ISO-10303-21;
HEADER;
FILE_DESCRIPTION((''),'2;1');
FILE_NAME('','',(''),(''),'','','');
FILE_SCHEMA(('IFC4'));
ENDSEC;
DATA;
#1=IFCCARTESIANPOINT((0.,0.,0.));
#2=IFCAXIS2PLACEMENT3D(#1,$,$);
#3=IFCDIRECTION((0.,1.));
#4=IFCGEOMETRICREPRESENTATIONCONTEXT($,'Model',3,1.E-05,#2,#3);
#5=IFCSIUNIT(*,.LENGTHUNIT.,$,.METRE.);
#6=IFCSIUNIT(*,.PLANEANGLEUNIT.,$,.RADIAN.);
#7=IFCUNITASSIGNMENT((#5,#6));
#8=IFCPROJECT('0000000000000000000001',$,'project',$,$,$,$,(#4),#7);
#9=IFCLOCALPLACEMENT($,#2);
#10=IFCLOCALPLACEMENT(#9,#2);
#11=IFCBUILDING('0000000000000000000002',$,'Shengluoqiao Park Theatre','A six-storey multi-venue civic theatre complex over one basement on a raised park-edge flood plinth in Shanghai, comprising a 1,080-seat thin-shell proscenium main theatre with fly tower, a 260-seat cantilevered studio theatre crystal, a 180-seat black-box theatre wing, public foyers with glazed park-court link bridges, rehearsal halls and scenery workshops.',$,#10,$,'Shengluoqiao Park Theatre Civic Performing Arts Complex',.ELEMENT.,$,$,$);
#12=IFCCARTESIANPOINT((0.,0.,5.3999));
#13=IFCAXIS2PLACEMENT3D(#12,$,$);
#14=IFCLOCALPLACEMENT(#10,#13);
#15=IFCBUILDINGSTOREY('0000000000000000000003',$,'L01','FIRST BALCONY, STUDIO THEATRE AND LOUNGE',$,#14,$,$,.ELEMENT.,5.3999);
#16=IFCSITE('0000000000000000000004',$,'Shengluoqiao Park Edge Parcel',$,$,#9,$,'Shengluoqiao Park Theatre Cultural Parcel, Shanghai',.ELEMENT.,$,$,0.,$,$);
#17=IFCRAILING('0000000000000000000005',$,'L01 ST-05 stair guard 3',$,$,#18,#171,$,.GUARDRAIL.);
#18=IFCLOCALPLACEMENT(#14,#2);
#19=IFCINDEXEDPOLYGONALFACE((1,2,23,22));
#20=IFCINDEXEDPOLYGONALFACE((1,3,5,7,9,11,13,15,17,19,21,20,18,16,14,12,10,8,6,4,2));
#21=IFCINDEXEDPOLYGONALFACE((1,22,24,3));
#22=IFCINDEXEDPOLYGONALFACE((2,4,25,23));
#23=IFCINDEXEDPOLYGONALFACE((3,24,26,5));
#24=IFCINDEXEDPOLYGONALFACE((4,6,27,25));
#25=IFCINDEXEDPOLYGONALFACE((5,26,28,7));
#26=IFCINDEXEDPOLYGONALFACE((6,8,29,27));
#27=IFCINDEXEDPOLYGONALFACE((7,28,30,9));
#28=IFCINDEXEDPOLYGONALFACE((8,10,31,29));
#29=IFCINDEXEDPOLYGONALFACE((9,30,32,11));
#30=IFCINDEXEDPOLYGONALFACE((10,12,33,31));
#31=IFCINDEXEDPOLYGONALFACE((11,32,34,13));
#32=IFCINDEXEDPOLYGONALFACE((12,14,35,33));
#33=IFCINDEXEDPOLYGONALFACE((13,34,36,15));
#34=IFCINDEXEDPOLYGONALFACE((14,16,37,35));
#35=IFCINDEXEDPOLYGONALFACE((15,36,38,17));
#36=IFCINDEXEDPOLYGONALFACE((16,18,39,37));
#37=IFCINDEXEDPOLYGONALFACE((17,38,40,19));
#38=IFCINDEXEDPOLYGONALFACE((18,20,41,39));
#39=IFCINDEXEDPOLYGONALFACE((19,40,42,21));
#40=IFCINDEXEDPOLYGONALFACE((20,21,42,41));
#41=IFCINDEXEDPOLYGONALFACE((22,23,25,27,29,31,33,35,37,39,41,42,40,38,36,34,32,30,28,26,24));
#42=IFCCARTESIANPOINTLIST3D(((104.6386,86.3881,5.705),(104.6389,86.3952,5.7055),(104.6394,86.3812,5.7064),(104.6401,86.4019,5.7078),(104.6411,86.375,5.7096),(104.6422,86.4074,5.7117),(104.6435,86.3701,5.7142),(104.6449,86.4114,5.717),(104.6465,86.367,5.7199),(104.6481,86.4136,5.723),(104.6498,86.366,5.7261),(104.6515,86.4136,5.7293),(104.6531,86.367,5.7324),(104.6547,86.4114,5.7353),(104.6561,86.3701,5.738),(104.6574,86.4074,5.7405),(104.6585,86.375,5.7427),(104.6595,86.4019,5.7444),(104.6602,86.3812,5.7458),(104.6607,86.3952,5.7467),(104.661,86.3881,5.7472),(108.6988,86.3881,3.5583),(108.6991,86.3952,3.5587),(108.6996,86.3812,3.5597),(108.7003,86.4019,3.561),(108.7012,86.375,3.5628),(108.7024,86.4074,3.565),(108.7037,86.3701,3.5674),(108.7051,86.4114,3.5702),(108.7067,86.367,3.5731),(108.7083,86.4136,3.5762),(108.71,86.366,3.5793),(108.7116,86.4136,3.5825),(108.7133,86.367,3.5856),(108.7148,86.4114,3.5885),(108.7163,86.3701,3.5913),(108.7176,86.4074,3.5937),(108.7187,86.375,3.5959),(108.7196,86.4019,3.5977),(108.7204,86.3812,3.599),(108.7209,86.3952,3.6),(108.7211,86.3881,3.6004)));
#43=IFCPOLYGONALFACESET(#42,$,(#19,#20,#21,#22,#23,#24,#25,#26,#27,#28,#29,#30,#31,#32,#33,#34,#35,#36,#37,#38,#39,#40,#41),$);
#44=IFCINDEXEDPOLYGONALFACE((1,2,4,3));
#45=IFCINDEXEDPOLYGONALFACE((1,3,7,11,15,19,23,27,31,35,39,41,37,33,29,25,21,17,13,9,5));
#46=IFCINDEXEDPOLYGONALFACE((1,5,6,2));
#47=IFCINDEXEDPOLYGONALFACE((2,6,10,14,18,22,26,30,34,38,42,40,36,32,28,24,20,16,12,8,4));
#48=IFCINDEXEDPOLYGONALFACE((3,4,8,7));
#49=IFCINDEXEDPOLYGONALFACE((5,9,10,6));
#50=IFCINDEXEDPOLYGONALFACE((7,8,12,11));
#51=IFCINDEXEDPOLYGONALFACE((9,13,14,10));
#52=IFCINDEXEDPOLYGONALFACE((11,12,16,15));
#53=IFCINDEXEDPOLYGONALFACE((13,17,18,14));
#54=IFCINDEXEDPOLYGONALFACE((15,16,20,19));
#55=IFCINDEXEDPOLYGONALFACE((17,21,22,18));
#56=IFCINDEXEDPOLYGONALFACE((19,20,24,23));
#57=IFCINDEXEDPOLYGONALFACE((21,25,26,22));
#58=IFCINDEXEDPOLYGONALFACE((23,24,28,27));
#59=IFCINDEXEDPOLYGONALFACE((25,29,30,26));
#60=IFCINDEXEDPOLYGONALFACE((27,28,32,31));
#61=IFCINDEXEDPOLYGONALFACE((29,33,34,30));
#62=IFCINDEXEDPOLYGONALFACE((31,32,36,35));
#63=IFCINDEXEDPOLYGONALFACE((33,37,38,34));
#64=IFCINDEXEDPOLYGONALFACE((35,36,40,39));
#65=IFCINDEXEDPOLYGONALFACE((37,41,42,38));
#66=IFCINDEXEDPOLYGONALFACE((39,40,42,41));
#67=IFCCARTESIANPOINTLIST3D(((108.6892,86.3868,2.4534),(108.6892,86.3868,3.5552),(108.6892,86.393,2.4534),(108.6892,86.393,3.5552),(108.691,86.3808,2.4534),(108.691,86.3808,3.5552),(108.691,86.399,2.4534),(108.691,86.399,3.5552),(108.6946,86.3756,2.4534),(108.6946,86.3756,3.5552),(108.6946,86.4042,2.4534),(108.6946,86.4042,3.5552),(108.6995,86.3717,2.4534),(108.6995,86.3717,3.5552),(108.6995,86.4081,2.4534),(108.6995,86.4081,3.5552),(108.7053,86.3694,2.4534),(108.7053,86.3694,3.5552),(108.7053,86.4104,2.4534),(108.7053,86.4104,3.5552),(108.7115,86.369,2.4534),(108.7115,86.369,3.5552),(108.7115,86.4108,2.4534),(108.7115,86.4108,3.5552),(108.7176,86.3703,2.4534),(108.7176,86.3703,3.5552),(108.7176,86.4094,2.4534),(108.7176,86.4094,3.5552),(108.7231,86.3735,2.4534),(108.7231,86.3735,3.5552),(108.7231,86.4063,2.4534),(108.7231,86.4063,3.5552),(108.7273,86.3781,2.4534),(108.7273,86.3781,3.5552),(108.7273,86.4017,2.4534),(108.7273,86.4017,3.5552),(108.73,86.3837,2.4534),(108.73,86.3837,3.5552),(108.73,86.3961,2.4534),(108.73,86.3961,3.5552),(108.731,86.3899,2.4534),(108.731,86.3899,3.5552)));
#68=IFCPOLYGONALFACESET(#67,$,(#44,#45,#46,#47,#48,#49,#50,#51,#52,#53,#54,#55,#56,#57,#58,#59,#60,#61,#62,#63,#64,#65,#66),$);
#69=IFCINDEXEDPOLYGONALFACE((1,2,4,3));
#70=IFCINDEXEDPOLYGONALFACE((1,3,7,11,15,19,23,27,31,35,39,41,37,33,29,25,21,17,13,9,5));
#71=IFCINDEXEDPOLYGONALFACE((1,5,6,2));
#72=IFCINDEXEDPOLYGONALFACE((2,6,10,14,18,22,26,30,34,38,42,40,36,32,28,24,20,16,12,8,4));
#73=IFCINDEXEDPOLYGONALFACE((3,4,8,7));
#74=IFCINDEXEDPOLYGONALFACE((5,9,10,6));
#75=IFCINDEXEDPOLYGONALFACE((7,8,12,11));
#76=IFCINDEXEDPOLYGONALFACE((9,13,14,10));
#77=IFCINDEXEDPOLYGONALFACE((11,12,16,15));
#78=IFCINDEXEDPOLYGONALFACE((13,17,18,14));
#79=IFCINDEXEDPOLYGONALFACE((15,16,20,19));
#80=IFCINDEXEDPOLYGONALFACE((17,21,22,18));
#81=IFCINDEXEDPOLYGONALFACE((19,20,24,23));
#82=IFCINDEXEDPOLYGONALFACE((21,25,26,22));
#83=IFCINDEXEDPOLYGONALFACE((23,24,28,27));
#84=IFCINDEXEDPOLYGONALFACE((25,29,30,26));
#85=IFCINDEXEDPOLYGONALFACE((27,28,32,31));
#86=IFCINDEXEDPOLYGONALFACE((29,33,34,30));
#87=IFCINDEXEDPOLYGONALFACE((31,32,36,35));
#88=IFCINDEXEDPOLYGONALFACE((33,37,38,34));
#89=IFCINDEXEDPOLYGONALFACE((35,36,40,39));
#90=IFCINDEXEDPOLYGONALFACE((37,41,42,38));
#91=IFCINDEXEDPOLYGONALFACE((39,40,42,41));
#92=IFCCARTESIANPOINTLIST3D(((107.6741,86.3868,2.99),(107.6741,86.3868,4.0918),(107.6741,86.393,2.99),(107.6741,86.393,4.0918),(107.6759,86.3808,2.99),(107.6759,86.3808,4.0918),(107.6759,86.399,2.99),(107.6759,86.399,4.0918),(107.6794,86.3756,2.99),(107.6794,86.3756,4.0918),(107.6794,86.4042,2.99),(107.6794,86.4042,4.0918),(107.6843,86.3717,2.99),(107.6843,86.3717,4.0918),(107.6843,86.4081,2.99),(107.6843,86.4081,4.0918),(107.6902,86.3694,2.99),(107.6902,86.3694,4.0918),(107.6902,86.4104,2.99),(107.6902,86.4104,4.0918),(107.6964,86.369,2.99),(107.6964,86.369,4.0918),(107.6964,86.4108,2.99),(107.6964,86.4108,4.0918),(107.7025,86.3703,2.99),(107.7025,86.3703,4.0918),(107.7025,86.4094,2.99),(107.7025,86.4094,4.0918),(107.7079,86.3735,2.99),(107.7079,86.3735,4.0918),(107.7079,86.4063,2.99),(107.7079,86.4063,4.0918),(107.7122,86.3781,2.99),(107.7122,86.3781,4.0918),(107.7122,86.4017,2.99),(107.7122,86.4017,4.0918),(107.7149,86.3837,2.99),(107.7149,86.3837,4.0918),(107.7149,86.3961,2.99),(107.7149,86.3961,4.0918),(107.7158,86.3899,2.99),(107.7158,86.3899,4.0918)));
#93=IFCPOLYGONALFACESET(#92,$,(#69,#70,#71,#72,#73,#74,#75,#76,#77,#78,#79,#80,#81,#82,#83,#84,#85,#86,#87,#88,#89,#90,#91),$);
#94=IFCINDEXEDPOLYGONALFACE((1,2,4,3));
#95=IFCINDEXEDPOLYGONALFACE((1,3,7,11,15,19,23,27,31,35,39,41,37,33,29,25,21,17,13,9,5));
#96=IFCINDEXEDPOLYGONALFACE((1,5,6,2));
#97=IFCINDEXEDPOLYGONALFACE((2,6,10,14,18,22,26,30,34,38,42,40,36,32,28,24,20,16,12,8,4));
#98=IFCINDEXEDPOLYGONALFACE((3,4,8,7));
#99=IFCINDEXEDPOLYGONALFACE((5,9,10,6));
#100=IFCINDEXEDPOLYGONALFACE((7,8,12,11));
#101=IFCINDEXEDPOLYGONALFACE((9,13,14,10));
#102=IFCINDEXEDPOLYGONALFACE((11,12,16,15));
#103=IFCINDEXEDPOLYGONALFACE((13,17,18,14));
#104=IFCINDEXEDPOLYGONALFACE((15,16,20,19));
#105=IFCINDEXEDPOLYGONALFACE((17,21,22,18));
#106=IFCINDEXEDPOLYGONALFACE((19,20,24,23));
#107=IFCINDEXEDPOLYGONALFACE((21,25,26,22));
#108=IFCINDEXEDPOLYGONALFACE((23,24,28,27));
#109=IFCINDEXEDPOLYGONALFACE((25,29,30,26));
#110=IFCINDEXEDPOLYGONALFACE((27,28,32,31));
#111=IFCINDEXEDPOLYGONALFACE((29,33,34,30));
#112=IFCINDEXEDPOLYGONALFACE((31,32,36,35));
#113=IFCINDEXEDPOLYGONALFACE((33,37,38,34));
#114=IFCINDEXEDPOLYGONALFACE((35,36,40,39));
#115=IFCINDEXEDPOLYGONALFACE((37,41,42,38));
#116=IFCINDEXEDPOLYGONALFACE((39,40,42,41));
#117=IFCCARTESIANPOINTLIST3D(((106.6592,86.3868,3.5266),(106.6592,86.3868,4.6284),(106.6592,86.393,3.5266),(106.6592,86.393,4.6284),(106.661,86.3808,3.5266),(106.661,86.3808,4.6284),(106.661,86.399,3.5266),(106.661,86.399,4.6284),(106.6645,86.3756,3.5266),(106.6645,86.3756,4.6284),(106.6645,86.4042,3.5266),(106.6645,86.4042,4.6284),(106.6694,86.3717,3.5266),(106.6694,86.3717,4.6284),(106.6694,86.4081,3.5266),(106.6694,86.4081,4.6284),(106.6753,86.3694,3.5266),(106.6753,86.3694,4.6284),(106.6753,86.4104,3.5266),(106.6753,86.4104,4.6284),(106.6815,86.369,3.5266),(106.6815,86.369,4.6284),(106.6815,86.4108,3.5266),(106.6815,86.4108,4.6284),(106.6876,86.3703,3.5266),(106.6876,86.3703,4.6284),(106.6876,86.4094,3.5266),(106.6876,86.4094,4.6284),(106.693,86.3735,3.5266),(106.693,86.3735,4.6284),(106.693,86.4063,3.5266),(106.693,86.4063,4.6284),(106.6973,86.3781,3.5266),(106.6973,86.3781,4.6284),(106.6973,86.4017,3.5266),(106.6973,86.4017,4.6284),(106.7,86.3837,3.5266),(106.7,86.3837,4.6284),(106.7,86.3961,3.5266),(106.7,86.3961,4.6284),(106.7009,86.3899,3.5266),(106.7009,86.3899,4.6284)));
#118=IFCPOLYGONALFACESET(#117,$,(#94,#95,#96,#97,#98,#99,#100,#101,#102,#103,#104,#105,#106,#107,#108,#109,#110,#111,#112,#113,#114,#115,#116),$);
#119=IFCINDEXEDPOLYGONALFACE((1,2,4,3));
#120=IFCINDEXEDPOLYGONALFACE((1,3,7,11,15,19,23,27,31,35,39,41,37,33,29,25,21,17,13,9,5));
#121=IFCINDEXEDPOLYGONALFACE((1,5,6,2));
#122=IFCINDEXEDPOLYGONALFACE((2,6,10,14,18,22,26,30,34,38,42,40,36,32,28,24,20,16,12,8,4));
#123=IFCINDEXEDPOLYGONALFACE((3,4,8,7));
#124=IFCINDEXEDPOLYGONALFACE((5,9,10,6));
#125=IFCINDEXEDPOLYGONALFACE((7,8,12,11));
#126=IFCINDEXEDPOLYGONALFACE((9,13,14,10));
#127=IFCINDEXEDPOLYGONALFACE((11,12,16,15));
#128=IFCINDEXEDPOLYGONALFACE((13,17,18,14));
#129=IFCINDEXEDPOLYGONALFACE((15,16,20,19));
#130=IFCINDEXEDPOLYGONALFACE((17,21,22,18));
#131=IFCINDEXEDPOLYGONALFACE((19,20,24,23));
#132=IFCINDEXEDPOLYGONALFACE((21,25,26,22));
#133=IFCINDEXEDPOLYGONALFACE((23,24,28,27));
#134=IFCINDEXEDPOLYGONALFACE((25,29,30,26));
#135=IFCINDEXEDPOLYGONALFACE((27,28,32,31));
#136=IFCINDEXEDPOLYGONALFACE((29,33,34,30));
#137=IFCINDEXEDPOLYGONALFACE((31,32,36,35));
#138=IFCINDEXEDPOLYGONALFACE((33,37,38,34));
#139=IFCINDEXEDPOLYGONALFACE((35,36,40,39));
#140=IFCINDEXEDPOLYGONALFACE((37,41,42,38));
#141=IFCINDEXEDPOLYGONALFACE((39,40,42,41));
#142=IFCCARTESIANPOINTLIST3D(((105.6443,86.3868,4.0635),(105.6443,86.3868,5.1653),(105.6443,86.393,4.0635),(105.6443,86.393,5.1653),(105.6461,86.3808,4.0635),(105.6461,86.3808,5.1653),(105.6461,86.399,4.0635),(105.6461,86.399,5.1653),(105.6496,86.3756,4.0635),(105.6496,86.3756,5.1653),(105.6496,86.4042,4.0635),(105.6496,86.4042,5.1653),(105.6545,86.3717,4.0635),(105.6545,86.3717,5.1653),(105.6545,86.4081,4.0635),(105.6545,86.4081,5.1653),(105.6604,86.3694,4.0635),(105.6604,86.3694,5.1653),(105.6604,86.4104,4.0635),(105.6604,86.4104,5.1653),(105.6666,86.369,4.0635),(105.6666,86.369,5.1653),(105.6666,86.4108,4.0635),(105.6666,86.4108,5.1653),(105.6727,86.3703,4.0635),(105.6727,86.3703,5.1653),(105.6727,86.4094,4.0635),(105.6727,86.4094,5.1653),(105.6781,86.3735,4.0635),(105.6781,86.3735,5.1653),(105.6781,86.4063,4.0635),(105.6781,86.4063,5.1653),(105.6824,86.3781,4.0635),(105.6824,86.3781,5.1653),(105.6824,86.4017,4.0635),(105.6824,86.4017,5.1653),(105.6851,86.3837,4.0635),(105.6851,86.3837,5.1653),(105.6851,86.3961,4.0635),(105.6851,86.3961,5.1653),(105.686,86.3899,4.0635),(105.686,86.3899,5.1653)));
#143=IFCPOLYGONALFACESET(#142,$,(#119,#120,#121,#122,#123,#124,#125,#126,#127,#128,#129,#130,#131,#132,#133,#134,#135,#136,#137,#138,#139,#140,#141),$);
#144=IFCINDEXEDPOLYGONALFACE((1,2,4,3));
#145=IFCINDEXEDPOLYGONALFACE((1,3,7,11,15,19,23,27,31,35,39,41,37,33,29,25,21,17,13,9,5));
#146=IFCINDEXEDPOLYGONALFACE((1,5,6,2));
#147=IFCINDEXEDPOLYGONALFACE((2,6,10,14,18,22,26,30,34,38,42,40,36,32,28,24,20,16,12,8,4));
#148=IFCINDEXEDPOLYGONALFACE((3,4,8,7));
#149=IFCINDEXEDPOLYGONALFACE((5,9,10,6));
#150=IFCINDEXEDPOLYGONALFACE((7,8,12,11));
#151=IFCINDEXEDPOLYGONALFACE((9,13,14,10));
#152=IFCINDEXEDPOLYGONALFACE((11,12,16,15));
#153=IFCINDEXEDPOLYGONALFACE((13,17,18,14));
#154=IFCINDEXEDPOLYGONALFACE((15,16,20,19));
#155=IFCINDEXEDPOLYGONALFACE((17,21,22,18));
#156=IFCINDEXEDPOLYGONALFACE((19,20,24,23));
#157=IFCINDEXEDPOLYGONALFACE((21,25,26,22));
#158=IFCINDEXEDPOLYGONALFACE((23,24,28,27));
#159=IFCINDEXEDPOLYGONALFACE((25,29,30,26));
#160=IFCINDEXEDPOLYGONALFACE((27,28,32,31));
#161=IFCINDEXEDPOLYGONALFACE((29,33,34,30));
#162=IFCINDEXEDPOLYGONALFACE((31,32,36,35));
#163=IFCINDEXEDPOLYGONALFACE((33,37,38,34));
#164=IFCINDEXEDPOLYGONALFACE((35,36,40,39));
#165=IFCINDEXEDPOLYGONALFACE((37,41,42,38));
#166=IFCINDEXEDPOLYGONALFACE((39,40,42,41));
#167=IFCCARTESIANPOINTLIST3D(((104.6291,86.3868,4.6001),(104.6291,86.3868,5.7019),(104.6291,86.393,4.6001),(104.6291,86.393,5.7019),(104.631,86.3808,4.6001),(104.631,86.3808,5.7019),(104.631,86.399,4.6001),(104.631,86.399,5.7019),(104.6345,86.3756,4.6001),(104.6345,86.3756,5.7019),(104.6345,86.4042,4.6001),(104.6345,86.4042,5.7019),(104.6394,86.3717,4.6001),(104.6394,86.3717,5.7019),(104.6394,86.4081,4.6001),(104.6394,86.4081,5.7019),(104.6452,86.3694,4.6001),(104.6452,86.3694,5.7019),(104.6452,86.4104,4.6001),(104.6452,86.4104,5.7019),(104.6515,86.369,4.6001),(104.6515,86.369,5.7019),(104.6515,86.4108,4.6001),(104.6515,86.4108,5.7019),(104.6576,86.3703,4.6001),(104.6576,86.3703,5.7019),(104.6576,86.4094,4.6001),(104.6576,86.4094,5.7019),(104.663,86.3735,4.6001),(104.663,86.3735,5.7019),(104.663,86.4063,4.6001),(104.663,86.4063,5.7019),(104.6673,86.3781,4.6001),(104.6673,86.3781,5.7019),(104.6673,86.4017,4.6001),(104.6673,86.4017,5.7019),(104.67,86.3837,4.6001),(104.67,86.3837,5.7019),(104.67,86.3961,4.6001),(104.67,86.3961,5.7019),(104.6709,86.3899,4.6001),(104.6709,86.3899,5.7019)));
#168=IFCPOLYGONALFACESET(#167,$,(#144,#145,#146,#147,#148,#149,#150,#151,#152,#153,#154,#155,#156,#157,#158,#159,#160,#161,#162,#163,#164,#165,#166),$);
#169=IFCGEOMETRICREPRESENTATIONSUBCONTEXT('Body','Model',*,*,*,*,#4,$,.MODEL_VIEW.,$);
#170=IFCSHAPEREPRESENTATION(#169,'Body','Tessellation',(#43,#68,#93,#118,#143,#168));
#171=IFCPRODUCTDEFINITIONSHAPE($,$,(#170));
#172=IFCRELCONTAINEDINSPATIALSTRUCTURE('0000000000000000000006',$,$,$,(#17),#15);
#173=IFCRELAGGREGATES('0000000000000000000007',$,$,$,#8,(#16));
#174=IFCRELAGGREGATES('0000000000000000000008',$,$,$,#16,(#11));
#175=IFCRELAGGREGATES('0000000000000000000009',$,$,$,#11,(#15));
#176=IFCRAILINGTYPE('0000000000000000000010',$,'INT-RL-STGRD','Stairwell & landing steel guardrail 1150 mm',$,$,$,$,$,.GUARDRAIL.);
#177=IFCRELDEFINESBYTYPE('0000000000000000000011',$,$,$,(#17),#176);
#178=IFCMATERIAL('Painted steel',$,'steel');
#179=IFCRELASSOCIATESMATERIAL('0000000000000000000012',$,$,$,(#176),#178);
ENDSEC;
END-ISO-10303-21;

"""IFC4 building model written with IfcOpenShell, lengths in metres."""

from ifc_helpers import new_model, si_unit, direction, frame, origin, origin_2d, place, context, subcontext, project, spatial, circle, extrude, material, type_object, element, save


model = new_model("IFC4")

# Units and contexts
model_context = context("Model", 3, precision=1e-05, world=origin(), true_north=direction((0.0, 1.0)))
body_context = subcontext(model_context, "Body", "Model", "MODEL_VIEW")
ifc_project = project(units=[si_unit("LENGTHUNIT", "METRE"), si_unit("PLANEANGLEUNIT", "RADIAN")], contexts=[model_context])

# Site, building, storey
site_placement = place(None, origin())
site = spatial("IfcSite", under=ifc_project, at=site_placement, Name="Shengluoqiao Park Edge Parcel", LongName="Shengluoqiao Park Theatre Cultural Parcel, Shanghai", CompositionType="ELEMENT", RefElevation=0.0)
building_placement = place(site_placement, origin())
building = spatial("IfcBuilding", under=site, at=building_placement, Name="Shengluoqiao Park Theatre", Description="A six-storey multi-venue civic theatre complex over one basement on a raised park-edge flood plinth in Shanghai, comprising a 1,080-seat thin-shell proscenium main theatre with fly tower, a 260-seat cantilevered studio theatre crystal, a 180-seat black-box theatre wing, public foyers with glazed park-court link bridges, rehearsal halls and scenery workshops.", LongName="Shengluoqiao Park Theatre Civic Performing Arts Complex", CompositionType="ELEMENT")
storey_placement = place(building_placement, frame((0.0, 0.0, 5.3999)))
storey = spatial("IfcBuildingStorey", under=building, at=storey_placement, Name="L01", Description="FIRST BALCONY, STUDIO THEATRE AND LOUNGE", CompositionType="ELEMENT", Elevation=5.3999)

# Railing
ifc_material_1 = material(Name="Painted steel", Category="steel")
railing_type_1 = type_object("IfcRailingType", Name="INT-RL-STGRD", Description="Stairwell & landing steel guardrail 1150 mm", PredefinedType="GUARDRAIL", material=ifc_material_1)
railing_1_placement = place(storey_placement, frame((108.71, 86.3899, 2.4534)))
element("IfcRailing", 1, at=railing_1_placement, inside=storey, type_object=railing_type_1, Name="L01 ST-05 stair guard 3", PredefinedType="GUARDRAIL", context=body_context, shape_type="SweptSolid", body=[
    extrude(circle(Radius=0.0239, at=origin_2d()), frame((0.0, 0.0, 1.126), z_axis=(-0.884032, 0.0, 0.467426), x_axis=(0.0, -1.0, 0.0)), (0.0, 0.0, 1.0), 4.5928),
    extrude(circle(Radius=0.021, at=origin_2d()), origin(), (0.0, 0.0, 1.0), 1.1018),
    extrude(circle(Radius=0.021, at=origin_2d()), frame((-1.0151, 0.0, 0.5366)), (0.0, 0.0, 1.0), 1.1018),
    extrude(circle(Radius=0.021, at=origin_2d()), frame((-2.03, 0.0, 1.0732)), (0.0, 0.0, 1.0), 1.1018),
    extrude(circle(Radius=0.021, at=origin_2d()), frame((-3.0449, 0.0, 1.6101)), (0.0, 0.0, 1.0), 1.1018),
    extrude(circle(Radius=0.021, at=origin_2d()), frame((-4.0601, 0.0, 2.1467)), (0.0, 0.0, 1.0), 1.1018),
])

save(model, "model.ifc")
